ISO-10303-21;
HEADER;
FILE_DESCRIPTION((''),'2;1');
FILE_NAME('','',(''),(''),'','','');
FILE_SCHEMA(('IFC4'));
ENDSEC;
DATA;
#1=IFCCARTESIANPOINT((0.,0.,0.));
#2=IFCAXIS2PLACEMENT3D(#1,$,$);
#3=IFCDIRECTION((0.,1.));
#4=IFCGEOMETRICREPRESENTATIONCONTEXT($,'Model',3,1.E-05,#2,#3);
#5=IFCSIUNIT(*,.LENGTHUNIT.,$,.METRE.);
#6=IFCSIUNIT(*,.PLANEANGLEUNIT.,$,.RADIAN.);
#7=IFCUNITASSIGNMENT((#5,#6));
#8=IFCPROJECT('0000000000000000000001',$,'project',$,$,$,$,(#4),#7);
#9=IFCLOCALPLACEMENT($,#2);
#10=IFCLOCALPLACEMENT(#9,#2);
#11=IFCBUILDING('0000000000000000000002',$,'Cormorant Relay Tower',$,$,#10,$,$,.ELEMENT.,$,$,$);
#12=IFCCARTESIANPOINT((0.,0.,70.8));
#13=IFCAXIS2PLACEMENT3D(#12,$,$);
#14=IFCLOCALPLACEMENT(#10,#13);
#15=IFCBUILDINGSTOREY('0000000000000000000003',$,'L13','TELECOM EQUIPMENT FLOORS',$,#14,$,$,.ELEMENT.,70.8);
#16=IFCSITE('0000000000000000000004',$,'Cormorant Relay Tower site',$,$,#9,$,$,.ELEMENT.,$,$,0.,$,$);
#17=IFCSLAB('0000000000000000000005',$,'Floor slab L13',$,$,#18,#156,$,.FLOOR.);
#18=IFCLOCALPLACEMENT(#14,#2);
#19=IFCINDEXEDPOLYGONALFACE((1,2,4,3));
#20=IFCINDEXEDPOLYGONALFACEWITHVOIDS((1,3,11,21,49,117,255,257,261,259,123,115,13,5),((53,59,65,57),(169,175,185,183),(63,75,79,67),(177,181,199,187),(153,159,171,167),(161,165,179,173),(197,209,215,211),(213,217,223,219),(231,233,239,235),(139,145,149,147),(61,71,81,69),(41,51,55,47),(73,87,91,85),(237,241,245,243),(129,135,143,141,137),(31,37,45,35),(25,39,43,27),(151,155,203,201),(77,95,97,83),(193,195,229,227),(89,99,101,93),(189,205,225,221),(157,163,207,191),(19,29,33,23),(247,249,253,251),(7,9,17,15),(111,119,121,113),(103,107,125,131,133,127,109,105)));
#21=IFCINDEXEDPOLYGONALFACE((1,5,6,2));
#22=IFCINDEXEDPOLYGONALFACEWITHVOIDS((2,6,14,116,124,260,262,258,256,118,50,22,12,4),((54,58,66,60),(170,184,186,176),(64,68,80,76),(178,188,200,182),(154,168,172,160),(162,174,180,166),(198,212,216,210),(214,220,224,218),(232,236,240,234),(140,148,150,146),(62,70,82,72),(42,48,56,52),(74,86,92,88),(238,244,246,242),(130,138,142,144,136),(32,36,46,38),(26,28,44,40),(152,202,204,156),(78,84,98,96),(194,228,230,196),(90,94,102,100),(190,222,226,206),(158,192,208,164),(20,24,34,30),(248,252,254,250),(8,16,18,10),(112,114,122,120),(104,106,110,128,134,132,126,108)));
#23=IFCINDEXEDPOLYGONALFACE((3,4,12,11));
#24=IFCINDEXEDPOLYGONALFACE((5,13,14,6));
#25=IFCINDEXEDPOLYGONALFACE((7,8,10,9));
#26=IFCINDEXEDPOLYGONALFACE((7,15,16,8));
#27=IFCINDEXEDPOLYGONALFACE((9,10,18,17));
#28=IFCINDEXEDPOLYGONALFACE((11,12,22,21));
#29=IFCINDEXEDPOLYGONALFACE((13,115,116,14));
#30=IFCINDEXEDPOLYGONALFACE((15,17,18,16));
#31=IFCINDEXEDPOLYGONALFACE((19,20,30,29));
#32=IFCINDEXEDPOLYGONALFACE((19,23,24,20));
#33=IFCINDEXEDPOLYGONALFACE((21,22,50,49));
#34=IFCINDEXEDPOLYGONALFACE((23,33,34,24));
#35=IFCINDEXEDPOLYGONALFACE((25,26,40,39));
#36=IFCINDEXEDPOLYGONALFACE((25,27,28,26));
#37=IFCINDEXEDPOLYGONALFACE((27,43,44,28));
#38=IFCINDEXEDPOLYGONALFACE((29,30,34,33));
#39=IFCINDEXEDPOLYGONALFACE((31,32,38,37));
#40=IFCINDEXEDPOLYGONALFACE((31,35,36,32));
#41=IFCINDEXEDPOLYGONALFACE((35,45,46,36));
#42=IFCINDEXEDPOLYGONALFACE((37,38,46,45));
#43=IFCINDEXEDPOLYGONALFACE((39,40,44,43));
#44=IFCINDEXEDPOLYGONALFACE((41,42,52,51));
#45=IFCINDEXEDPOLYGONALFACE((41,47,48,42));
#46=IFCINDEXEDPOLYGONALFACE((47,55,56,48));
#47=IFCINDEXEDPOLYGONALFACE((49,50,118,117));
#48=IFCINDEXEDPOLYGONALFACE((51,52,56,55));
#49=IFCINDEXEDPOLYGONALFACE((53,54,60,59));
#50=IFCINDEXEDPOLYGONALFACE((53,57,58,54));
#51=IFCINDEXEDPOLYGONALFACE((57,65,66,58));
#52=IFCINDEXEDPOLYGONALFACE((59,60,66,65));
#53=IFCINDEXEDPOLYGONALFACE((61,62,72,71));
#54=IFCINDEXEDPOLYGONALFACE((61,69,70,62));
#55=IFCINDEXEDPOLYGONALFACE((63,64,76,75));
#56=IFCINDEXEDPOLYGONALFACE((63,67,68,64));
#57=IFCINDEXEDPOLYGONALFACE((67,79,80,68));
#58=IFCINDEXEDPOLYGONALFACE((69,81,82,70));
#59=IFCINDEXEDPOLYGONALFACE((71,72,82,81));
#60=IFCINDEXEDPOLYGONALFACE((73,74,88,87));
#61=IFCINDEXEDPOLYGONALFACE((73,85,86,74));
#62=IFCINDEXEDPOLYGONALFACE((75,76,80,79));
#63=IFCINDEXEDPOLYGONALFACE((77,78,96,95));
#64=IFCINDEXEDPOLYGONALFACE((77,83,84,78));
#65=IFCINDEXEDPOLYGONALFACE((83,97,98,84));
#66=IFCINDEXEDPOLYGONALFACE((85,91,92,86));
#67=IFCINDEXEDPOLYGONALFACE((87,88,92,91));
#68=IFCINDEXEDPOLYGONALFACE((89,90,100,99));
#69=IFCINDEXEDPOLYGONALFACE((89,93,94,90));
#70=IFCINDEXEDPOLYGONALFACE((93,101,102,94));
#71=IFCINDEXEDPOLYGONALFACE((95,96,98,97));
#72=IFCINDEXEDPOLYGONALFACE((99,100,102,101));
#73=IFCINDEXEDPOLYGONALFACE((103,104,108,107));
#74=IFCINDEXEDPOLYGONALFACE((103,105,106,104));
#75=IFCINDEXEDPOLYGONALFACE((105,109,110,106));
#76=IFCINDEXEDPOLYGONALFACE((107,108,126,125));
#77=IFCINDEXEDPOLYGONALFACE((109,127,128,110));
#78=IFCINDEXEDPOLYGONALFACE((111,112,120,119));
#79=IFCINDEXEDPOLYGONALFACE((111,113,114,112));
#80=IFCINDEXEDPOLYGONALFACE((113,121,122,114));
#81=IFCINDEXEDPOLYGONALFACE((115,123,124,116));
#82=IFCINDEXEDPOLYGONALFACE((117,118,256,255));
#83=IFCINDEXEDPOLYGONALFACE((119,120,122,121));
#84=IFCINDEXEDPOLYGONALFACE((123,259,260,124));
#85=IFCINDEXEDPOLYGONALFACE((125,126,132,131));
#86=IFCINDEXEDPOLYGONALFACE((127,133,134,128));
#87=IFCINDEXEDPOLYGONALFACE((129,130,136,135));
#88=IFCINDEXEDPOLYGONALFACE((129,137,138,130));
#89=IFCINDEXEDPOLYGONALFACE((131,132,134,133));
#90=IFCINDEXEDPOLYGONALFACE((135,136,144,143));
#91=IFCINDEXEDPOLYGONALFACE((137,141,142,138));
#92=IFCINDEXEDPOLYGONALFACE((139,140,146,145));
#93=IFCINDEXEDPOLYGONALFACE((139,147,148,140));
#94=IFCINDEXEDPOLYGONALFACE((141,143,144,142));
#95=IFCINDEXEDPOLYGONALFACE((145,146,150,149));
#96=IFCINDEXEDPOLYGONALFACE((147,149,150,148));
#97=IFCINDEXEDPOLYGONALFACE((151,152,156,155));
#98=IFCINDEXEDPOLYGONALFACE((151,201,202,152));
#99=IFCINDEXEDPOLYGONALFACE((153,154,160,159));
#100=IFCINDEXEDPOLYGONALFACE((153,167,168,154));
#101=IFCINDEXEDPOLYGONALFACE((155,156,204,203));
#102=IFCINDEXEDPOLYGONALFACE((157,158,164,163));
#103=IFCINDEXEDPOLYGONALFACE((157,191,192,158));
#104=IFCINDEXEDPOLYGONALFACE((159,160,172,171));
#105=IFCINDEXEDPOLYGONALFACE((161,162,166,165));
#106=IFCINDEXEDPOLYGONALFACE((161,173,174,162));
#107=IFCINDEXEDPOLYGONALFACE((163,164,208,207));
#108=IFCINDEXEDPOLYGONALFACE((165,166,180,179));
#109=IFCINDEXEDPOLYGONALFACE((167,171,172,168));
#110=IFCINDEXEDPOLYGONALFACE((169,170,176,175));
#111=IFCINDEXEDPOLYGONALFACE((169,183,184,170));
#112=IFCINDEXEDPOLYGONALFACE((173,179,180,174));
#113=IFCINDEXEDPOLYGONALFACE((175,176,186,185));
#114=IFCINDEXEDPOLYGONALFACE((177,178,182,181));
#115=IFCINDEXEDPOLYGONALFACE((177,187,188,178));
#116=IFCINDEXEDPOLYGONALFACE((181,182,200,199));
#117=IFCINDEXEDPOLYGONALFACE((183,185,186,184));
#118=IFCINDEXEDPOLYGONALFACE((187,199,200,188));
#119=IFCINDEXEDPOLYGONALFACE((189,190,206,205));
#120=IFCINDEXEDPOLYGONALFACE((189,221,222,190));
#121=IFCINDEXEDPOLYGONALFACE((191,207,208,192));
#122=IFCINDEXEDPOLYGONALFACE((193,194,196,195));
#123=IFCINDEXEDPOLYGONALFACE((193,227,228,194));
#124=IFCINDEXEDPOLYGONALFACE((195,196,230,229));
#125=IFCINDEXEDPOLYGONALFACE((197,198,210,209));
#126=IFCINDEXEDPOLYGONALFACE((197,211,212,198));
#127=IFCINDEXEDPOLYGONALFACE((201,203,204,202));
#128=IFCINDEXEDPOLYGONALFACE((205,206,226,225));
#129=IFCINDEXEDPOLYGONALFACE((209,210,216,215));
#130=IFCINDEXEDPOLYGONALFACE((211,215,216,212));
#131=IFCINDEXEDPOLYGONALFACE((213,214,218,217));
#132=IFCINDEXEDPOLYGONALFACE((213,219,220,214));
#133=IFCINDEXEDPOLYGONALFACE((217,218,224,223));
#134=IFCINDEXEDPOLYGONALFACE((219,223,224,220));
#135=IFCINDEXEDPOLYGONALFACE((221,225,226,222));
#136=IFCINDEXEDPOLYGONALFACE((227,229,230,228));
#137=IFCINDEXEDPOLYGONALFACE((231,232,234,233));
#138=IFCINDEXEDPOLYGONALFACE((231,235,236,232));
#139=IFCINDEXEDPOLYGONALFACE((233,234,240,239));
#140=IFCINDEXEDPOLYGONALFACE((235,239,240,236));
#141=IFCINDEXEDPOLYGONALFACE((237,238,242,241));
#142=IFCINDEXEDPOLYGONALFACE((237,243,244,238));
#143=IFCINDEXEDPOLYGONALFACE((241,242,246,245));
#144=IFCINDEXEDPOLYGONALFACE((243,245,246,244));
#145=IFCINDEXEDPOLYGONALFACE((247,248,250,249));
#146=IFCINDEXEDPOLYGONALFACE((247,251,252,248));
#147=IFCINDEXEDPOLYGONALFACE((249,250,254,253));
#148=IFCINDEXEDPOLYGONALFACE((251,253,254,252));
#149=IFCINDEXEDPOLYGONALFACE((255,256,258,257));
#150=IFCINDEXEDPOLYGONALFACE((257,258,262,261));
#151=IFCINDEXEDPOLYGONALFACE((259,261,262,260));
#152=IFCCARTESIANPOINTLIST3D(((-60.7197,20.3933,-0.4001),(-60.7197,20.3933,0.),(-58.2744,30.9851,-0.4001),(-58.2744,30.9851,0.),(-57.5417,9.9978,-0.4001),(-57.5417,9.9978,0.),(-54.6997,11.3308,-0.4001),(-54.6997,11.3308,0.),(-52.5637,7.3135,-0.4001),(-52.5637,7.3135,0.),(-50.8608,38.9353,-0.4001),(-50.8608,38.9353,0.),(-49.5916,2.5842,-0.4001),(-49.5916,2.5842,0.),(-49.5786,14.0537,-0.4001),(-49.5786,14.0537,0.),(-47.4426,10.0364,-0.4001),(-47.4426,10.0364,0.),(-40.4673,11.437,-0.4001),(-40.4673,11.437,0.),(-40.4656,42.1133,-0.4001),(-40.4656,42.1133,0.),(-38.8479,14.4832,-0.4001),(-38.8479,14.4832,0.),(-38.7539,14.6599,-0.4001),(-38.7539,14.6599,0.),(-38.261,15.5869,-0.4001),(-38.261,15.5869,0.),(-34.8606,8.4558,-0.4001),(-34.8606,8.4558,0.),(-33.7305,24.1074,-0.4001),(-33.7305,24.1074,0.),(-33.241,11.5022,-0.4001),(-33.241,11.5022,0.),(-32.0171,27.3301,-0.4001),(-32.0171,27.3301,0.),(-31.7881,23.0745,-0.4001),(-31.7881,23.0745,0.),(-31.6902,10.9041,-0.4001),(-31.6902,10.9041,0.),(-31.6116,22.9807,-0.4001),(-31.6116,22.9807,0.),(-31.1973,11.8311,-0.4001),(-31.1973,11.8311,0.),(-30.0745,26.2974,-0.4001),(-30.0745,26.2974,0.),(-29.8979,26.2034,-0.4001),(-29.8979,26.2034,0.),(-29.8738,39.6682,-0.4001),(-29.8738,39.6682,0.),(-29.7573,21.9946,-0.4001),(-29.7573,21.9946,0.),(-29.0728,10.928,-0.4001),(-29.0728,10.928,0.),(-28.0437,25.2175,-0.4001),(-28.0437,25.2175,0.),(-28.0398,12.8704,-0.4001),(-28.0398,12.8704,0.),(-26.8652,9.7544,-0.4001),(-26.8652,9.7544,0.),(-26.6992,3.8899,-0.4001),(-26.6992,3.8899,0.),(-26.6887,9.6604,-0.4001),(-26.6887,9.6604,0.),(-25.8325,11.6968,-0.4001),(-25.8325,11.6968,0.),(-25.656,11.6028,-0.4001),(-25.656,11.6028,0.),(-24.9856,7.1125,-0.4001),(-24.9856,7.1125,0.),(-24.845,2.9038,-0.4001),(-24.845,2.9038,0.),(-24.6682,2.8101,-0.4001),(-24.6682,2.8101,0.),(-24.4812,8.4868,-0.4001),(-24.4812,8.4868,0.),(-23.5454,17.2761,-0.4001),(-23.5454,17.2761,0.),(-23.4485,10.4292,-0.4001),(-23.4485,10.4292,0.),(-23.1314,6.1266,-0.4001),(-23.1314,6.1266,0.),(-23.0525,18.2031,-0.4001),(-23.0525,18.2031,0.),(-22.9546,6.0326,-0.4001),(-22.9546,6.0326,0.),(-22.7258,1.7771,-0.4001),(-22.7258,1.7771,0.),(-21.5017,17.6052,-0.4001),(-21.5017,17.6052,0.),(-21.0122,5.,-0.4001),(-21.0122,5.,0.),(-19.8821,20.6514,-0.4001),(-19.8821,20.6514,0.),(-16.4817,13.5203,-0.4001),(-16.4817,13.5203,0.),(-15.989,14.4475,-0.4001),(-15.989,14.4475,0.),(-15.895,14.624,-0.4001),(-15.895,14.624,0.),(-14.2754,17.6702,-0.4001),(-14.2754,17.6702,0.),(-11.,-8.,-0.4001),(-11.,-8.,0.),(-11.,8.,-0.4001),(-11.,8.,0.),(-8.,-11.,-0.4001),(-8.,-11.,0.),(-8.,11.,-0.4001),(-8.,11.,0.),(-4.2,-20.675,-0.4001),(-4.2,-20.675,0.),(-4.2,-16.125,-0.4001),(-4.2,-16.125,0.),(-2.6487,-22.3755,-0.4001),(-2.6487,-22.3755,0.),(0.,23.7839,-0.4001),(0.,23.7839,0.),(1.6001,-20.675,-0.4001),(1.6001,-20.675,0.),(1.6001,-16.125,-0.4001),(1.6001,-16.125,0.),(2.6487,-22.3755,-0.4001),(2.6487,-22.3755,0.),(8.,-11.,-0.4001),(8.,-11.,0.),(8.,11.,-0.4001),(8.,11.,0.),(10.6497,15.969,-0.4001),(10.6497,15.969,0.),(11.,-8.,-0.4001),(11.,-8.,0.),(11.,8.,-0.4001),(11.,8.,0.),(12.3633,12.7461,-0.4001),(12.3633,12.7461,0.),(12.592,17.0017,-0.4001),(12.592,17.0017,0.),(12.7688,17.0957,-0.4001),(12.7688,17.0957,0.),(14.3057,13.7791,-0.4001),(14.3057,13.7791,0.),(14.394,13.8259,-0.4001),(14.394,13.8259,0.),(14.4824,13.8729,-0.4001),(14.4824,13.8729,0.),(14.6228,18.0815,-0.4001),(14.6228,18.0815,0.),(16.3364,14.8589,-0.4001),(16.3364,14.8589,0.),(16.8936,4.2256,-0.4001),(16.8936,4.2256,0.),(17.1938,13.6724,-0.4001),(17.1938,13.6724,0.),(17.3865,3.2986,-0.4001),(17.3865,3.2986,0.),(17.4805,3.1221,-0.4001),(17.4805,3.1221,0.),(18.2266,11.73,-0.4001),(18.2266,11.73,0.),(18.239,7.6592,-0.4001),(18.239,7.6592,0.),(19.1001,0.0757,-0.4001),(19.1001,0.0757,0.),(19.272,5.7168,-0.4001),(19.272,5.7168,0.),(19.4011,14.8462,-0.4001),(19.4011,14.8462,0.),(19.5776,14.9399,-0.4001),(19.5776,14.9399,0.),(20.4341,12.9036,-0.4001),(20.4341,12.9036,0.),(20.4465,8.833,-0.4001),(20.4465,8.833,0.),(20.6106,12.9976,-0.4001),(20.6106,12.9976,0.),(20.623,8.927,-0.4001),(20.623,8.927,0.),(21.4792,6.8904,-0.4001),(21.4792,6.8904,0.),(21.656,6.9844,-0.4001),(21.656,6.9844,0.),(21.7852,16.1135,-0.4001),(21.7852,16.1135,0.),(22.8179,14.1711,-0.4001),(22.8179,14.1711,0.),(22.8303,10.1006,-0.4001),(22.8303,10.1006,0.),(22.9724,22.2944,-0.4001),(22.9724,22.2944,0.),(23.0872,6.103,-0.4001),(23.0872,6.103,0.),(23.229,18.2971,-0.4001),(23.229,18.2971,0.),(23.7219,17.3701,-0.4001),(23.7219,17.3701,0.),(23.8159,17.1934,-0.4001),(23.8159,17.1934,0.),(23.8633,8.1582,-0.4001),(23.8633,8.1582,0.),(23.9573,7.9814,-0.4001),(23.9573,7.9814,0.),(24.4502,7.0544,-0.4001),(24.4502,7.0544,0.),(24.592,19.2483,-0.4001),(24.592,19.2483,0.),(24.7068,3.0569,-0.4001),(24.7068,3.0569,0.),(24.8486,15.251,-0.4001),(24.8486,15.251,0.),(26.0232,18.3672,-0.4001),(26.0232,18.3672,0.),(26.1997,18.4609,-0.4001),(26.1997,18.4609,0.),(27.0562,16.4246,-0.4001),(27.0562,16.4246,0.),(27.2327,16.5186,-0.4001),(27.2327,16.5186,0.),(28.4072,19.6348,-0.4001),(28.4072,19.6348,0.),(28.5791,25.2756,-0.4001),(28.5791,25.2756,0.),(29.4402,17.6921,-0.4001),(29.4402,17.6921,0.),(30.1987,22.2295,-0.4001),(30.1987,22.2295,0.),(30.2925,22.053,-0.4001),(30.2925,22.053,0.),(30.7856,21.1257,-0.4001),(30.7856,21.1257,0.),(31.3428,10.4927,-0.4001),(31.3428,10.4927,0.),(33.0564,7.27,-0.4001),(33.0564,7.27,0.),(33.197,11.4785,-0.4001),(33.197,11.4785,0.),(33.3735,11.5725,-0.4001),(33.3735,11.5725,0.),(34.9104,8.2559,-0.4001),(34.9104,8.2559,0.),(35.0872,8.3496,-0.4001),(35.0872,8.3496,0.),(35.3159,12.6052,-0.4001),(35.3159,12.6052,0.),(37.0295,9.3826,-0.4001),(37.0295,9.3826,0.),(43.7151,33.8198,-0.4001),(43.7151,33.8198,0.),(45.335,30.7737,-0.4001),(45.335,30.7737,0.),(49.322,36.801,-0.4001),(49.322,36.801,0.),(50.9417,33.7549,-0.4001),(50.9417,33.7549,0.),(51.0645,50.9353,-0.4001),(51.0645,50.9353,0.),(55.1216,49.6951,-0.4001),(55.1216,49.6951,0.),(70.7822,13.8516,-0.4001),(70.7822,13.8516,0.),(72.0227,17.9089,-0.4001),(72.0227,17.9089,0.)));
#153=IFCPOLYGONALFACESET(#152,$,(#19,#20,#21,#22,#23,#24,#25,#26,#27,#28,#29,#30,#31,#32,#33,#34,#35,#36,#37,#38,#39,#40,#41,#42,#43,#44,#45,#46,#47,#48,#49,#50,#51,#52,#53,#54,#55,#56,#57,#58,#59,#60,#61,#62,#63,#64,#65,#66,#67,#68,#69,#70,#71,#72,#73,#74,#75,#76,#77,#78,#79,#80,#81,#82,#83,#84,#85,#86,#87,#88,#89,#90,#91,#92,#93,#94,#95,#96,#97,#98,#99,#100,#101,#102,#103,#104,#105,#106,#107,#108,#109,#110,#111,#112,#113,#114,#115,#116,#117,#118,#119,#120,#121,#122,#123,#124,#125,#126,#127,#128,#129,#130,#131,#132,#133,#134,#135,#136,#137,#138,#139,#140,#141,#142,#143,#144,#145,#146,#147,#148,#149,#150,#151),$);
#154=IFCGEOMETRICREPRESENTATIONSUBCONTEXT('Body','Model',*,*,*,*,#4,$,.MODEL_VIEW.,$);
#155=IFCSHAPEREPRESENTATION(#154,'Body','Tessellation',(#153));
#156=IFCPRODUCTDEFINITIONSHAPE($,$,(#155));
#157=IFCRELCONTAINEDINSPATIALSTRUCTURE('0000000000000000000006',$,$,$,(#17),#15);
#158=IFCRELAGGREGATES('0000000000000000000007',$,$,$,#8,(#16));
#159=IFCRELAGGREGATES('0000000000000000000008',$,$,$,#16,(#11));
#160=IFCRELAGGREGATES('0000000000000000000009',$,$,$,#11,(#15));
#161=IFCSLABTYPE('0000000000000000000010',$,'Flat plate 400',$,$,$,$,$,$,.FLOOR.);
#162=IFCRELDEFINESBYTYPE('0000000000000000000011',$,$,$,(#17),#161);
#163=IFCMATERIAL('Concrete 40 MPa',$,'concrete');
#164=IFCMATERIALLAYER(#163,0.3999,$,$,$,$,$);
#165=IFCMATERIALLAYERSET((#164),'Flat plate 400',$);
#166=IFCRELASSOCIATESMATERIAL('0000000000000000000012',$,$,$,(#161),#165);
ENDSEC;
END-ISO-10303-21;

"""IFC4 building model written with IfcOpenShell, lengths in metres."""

from ifc_helpers import new_model, si_unit, direction, frame, origin, place, context, subcontext, project, spatial, polyline, outline, extrude, material, layer, layer_set, type_object, element, save


model = new_model("IFC4")

# Units and contexts
model_context = context("Model", 3, precision=1e-05, world=origin(), true_north=direction((0.0, 1.0)))
body_context = subcontext(model_context, "Body", "Model", "MODEL_VIEW")
ifc_project = project(units=[si_unit("LENGTHUNIT", "METRE"), si_unit("PLANEANGLEUNIT", "RADIAN")], contexts=[model_context])

# Site, building, storey
site_placement = place(None, origin())
site = spatial("IfcSite", under=ifc_project, at=site_placement, Name="Cormorant Relay Tower site", CompositionType="ELEMENT", RefElevation=0.0)
building_placement = place(site_placement, origin())
building = spatial("IfcBuilding", under=site, at=building_placement, Name="Cormorant Relay Tower", CompositionType="ELEMENT")
storey_placement = place(building_placement, frame((0.0, 0.0, 70.8)))
storey = spatial("IfcBuildingStorey", under=building, at=storey_placement, Name="L13", Description="TELECOM EQUIPMENT FLOORS", CompositionType="ELEMENT", Elevation=70.8)

# Slab
ifc_material_1 = material(Name="Concrete 40 MPa", Category="concrete")
ifc_layer_1 = layer(ifc_material_1, 0.3999)
ifc_layer_set_1 = layer_set([ifc_layer_1], Name="Flat plate 400")
slab_type_1 = type_object("IfcSlabType", Name="Flat plate 400", PredefinedType="FLOOR", material=ifc_layer_set_1)
slab_1_placement = place(storey_placement, frame((0.0, 0.0, -0.4001)))
element("IfcSlab", 1, at=slab_1_placement, inside=storey, type_object=slab_type_1, Name="Floor slab L13", PredefinedType="FLOOR", context=body_context, shape_type="SweptSolid", body=[
    extrude(outline(polyline([(-60.7197, 20.3933), (-58.2744, 30.9851), (-50.8608, 38.9353), (-40.4656, 42.1133), (-29.8738, 39.6682), (0.0, 23.7839), (51.0645, 50.9353), (55.1216, 49.6951), (72.0227, 17.9089), (70.7822, 13.8516), (2.6487, -22.3755), (-2.6487, -22.3755), (-49.5916, 2.5842), (-57.5417, 9.9978), (-60.7197, 20.3933)]), holes=[polyline([(11.0, -8.0), (11.0, 8.0), (8.0, 11.0), (-8.0, 11.0), (-11.0, 8.0), (-11.0, -8.0), (-8.0, -11.0), (8.0, -11.0), (11.0, -8.0)]), polyline([(-4.2, -16.125), (-4.2, -20.675), (1.6001, -20.675), (1.6001, -16.125), (-4.2, -16.125)]), polyline([(-22.9546, 6.0327), (-24.6682, 2.8101), (-22.7258, 1.7771), (-21.0122, 5.0), (-23.043, 6.0796), (-22.9546, 6.0327)]), polyline([(-24.9856, 7.1125), (-26.6992, 3.8899), (-24.845, 2.9038), (-23.1313, 6.1267), (-23.043, 6.0796), (-24.9856, 7.1125)]), polyline([(-26.6887, 9.6604), (-24.4812, 8.4868), (-23.4485, 10.4292), (-25.656, 11.6028), (-26.6887, 9.6604)]), polyline([(-49.5786, 14.0537), (-54.6997, 11.3308), (-52.5637, 7.3135), (-47.4426, 10.0364), (-49.5786, 14.0537)]), polyline([(-28.0398, 12.8704), (-29.0728, 10.928), (-26.8652, 9.7544), (-25.8325, 11.6968), (-28.0398, 12.8704)]), polyline([(-38.8479, 14.4832), (-40.4673, 11.437), (-34.8606, 8.4558), (-33.241, 11.5022), (-38.8479, 14.4832)]), polyline([(-38.261, 15.5869), (-38.7539, 14.6599), (-31.6902, 10.9041), (-31.1973, 11.8311), (-38.261, 15.5869)]), polyline([(14.3057, 13.7791), (12.592, 17.0017), (10.6497, 15.969), (12.3633, 12.7461), (14.394, 13.8259), (14.3057, 13.7791)]), polyline([(16.3364, 14.8589), (14.6228, 18.0815), (12.7688, 17.0957), (14.4824, 13.8728), (14.394, 13.8259), (16.3364, 14.8589)]), polyline([(-16.4817, 13.5203), (-15.989, 14.4475), (-23.0525, 18.2031), (-23.5454, 17.2761), (-16.4817, 13.5203)]), polyline([(-21.5017, 17.6052), (-15.895, 14.624), (-14.2754, 17.6702), (-19.8821, 20.6514), (-21.5017, 17.6052)]), polyline([(-31.6116, 22.9807), (-29.7573, 21.9946), (-28.0437, 25.2175), (-29.8979, 26.2034), (-31.6116, 22.9807)]), polyline([(-33.7305, 24.1074), (-31.7881, 23.0745), (-30.0745, 26.2974), (-32.0171, 27.3301), (-33.7305, 24.1074)]), polyline([(23.0872, 6.103), (17.4805, 3.1221), (19.1001, 0.0757), (24.7068, 3.0569), (23.0872, 6.103)]), polyline([(16.8936, 4.2256), (17.3865, 3.2986), (24.4502, 7.0544), (23.9573, 7.9814), (16.8936, 4.2256)]), polyline([(20.4465, 8.833), (18.239, 7.6592), (19.272, 5.7168), (21.4792, 6.8904), (20.4465, 8.833)]), polyline([(22.8303, 10.1006), (20.623, 8.927), (21.656, 6.9844), (23.8633, 8.1582), (22.8303, 10.1006)]), polyline([(33.197, 11.4785), (31.3428, 10.4927), (33.0564, 7.27), (34.9104, 8.2559), (33.197, 11.4785)]), polyline([(33.3735, 11.5725), (35.0872, 8.3496), (37.0295, 9.3826), (35.3159, 12.6052), (33.3735, 11.5725)]), polyline([(19.4011, 14.8462), (17.1938, 13.6724), (18.2266, 11.73), (20.4341, 12.9036), (19.4011, 14.8462)]), polyline([(22.8179, 14.1711), (21.7852, 16.1135), (19.5776, 14.9399), (20.6106, 12.9976), (22.8179, 14.1711)]), polyline([(26.0232, 18.3672), (23.8159, 17.1934), (24.8486, 15.251), (27.0562, 16.4246), (26.0232, 18.3672)]), polyline([(29.4402, 17.6921), (28.4072, 19.6348), (26.1997, 18.4609), (27.2327, 16.5186), (29.4402, 17.6921)]), polyline([(30.7856, 21.1257), (30.2925, 22.053), (23.229, 18.2971), (23.7219, 17.3701), (30.7856, 21.1257)]), polyline([(24.592, 19.2483), (30.1987, 22.2295), (28.5791, 25.2756), (22.9724, 22.2944), (24.592, 19.2483)]), polyline([(45.335, 30.7737), (50.9417, 33.7549), (49.322, 36.801), (43.7151, 33.8198), (45.335, 30.7737)])]), origin(), (0.0, 0.0, 1.0), 0.4001),
])

save(model, "model.ifc")
